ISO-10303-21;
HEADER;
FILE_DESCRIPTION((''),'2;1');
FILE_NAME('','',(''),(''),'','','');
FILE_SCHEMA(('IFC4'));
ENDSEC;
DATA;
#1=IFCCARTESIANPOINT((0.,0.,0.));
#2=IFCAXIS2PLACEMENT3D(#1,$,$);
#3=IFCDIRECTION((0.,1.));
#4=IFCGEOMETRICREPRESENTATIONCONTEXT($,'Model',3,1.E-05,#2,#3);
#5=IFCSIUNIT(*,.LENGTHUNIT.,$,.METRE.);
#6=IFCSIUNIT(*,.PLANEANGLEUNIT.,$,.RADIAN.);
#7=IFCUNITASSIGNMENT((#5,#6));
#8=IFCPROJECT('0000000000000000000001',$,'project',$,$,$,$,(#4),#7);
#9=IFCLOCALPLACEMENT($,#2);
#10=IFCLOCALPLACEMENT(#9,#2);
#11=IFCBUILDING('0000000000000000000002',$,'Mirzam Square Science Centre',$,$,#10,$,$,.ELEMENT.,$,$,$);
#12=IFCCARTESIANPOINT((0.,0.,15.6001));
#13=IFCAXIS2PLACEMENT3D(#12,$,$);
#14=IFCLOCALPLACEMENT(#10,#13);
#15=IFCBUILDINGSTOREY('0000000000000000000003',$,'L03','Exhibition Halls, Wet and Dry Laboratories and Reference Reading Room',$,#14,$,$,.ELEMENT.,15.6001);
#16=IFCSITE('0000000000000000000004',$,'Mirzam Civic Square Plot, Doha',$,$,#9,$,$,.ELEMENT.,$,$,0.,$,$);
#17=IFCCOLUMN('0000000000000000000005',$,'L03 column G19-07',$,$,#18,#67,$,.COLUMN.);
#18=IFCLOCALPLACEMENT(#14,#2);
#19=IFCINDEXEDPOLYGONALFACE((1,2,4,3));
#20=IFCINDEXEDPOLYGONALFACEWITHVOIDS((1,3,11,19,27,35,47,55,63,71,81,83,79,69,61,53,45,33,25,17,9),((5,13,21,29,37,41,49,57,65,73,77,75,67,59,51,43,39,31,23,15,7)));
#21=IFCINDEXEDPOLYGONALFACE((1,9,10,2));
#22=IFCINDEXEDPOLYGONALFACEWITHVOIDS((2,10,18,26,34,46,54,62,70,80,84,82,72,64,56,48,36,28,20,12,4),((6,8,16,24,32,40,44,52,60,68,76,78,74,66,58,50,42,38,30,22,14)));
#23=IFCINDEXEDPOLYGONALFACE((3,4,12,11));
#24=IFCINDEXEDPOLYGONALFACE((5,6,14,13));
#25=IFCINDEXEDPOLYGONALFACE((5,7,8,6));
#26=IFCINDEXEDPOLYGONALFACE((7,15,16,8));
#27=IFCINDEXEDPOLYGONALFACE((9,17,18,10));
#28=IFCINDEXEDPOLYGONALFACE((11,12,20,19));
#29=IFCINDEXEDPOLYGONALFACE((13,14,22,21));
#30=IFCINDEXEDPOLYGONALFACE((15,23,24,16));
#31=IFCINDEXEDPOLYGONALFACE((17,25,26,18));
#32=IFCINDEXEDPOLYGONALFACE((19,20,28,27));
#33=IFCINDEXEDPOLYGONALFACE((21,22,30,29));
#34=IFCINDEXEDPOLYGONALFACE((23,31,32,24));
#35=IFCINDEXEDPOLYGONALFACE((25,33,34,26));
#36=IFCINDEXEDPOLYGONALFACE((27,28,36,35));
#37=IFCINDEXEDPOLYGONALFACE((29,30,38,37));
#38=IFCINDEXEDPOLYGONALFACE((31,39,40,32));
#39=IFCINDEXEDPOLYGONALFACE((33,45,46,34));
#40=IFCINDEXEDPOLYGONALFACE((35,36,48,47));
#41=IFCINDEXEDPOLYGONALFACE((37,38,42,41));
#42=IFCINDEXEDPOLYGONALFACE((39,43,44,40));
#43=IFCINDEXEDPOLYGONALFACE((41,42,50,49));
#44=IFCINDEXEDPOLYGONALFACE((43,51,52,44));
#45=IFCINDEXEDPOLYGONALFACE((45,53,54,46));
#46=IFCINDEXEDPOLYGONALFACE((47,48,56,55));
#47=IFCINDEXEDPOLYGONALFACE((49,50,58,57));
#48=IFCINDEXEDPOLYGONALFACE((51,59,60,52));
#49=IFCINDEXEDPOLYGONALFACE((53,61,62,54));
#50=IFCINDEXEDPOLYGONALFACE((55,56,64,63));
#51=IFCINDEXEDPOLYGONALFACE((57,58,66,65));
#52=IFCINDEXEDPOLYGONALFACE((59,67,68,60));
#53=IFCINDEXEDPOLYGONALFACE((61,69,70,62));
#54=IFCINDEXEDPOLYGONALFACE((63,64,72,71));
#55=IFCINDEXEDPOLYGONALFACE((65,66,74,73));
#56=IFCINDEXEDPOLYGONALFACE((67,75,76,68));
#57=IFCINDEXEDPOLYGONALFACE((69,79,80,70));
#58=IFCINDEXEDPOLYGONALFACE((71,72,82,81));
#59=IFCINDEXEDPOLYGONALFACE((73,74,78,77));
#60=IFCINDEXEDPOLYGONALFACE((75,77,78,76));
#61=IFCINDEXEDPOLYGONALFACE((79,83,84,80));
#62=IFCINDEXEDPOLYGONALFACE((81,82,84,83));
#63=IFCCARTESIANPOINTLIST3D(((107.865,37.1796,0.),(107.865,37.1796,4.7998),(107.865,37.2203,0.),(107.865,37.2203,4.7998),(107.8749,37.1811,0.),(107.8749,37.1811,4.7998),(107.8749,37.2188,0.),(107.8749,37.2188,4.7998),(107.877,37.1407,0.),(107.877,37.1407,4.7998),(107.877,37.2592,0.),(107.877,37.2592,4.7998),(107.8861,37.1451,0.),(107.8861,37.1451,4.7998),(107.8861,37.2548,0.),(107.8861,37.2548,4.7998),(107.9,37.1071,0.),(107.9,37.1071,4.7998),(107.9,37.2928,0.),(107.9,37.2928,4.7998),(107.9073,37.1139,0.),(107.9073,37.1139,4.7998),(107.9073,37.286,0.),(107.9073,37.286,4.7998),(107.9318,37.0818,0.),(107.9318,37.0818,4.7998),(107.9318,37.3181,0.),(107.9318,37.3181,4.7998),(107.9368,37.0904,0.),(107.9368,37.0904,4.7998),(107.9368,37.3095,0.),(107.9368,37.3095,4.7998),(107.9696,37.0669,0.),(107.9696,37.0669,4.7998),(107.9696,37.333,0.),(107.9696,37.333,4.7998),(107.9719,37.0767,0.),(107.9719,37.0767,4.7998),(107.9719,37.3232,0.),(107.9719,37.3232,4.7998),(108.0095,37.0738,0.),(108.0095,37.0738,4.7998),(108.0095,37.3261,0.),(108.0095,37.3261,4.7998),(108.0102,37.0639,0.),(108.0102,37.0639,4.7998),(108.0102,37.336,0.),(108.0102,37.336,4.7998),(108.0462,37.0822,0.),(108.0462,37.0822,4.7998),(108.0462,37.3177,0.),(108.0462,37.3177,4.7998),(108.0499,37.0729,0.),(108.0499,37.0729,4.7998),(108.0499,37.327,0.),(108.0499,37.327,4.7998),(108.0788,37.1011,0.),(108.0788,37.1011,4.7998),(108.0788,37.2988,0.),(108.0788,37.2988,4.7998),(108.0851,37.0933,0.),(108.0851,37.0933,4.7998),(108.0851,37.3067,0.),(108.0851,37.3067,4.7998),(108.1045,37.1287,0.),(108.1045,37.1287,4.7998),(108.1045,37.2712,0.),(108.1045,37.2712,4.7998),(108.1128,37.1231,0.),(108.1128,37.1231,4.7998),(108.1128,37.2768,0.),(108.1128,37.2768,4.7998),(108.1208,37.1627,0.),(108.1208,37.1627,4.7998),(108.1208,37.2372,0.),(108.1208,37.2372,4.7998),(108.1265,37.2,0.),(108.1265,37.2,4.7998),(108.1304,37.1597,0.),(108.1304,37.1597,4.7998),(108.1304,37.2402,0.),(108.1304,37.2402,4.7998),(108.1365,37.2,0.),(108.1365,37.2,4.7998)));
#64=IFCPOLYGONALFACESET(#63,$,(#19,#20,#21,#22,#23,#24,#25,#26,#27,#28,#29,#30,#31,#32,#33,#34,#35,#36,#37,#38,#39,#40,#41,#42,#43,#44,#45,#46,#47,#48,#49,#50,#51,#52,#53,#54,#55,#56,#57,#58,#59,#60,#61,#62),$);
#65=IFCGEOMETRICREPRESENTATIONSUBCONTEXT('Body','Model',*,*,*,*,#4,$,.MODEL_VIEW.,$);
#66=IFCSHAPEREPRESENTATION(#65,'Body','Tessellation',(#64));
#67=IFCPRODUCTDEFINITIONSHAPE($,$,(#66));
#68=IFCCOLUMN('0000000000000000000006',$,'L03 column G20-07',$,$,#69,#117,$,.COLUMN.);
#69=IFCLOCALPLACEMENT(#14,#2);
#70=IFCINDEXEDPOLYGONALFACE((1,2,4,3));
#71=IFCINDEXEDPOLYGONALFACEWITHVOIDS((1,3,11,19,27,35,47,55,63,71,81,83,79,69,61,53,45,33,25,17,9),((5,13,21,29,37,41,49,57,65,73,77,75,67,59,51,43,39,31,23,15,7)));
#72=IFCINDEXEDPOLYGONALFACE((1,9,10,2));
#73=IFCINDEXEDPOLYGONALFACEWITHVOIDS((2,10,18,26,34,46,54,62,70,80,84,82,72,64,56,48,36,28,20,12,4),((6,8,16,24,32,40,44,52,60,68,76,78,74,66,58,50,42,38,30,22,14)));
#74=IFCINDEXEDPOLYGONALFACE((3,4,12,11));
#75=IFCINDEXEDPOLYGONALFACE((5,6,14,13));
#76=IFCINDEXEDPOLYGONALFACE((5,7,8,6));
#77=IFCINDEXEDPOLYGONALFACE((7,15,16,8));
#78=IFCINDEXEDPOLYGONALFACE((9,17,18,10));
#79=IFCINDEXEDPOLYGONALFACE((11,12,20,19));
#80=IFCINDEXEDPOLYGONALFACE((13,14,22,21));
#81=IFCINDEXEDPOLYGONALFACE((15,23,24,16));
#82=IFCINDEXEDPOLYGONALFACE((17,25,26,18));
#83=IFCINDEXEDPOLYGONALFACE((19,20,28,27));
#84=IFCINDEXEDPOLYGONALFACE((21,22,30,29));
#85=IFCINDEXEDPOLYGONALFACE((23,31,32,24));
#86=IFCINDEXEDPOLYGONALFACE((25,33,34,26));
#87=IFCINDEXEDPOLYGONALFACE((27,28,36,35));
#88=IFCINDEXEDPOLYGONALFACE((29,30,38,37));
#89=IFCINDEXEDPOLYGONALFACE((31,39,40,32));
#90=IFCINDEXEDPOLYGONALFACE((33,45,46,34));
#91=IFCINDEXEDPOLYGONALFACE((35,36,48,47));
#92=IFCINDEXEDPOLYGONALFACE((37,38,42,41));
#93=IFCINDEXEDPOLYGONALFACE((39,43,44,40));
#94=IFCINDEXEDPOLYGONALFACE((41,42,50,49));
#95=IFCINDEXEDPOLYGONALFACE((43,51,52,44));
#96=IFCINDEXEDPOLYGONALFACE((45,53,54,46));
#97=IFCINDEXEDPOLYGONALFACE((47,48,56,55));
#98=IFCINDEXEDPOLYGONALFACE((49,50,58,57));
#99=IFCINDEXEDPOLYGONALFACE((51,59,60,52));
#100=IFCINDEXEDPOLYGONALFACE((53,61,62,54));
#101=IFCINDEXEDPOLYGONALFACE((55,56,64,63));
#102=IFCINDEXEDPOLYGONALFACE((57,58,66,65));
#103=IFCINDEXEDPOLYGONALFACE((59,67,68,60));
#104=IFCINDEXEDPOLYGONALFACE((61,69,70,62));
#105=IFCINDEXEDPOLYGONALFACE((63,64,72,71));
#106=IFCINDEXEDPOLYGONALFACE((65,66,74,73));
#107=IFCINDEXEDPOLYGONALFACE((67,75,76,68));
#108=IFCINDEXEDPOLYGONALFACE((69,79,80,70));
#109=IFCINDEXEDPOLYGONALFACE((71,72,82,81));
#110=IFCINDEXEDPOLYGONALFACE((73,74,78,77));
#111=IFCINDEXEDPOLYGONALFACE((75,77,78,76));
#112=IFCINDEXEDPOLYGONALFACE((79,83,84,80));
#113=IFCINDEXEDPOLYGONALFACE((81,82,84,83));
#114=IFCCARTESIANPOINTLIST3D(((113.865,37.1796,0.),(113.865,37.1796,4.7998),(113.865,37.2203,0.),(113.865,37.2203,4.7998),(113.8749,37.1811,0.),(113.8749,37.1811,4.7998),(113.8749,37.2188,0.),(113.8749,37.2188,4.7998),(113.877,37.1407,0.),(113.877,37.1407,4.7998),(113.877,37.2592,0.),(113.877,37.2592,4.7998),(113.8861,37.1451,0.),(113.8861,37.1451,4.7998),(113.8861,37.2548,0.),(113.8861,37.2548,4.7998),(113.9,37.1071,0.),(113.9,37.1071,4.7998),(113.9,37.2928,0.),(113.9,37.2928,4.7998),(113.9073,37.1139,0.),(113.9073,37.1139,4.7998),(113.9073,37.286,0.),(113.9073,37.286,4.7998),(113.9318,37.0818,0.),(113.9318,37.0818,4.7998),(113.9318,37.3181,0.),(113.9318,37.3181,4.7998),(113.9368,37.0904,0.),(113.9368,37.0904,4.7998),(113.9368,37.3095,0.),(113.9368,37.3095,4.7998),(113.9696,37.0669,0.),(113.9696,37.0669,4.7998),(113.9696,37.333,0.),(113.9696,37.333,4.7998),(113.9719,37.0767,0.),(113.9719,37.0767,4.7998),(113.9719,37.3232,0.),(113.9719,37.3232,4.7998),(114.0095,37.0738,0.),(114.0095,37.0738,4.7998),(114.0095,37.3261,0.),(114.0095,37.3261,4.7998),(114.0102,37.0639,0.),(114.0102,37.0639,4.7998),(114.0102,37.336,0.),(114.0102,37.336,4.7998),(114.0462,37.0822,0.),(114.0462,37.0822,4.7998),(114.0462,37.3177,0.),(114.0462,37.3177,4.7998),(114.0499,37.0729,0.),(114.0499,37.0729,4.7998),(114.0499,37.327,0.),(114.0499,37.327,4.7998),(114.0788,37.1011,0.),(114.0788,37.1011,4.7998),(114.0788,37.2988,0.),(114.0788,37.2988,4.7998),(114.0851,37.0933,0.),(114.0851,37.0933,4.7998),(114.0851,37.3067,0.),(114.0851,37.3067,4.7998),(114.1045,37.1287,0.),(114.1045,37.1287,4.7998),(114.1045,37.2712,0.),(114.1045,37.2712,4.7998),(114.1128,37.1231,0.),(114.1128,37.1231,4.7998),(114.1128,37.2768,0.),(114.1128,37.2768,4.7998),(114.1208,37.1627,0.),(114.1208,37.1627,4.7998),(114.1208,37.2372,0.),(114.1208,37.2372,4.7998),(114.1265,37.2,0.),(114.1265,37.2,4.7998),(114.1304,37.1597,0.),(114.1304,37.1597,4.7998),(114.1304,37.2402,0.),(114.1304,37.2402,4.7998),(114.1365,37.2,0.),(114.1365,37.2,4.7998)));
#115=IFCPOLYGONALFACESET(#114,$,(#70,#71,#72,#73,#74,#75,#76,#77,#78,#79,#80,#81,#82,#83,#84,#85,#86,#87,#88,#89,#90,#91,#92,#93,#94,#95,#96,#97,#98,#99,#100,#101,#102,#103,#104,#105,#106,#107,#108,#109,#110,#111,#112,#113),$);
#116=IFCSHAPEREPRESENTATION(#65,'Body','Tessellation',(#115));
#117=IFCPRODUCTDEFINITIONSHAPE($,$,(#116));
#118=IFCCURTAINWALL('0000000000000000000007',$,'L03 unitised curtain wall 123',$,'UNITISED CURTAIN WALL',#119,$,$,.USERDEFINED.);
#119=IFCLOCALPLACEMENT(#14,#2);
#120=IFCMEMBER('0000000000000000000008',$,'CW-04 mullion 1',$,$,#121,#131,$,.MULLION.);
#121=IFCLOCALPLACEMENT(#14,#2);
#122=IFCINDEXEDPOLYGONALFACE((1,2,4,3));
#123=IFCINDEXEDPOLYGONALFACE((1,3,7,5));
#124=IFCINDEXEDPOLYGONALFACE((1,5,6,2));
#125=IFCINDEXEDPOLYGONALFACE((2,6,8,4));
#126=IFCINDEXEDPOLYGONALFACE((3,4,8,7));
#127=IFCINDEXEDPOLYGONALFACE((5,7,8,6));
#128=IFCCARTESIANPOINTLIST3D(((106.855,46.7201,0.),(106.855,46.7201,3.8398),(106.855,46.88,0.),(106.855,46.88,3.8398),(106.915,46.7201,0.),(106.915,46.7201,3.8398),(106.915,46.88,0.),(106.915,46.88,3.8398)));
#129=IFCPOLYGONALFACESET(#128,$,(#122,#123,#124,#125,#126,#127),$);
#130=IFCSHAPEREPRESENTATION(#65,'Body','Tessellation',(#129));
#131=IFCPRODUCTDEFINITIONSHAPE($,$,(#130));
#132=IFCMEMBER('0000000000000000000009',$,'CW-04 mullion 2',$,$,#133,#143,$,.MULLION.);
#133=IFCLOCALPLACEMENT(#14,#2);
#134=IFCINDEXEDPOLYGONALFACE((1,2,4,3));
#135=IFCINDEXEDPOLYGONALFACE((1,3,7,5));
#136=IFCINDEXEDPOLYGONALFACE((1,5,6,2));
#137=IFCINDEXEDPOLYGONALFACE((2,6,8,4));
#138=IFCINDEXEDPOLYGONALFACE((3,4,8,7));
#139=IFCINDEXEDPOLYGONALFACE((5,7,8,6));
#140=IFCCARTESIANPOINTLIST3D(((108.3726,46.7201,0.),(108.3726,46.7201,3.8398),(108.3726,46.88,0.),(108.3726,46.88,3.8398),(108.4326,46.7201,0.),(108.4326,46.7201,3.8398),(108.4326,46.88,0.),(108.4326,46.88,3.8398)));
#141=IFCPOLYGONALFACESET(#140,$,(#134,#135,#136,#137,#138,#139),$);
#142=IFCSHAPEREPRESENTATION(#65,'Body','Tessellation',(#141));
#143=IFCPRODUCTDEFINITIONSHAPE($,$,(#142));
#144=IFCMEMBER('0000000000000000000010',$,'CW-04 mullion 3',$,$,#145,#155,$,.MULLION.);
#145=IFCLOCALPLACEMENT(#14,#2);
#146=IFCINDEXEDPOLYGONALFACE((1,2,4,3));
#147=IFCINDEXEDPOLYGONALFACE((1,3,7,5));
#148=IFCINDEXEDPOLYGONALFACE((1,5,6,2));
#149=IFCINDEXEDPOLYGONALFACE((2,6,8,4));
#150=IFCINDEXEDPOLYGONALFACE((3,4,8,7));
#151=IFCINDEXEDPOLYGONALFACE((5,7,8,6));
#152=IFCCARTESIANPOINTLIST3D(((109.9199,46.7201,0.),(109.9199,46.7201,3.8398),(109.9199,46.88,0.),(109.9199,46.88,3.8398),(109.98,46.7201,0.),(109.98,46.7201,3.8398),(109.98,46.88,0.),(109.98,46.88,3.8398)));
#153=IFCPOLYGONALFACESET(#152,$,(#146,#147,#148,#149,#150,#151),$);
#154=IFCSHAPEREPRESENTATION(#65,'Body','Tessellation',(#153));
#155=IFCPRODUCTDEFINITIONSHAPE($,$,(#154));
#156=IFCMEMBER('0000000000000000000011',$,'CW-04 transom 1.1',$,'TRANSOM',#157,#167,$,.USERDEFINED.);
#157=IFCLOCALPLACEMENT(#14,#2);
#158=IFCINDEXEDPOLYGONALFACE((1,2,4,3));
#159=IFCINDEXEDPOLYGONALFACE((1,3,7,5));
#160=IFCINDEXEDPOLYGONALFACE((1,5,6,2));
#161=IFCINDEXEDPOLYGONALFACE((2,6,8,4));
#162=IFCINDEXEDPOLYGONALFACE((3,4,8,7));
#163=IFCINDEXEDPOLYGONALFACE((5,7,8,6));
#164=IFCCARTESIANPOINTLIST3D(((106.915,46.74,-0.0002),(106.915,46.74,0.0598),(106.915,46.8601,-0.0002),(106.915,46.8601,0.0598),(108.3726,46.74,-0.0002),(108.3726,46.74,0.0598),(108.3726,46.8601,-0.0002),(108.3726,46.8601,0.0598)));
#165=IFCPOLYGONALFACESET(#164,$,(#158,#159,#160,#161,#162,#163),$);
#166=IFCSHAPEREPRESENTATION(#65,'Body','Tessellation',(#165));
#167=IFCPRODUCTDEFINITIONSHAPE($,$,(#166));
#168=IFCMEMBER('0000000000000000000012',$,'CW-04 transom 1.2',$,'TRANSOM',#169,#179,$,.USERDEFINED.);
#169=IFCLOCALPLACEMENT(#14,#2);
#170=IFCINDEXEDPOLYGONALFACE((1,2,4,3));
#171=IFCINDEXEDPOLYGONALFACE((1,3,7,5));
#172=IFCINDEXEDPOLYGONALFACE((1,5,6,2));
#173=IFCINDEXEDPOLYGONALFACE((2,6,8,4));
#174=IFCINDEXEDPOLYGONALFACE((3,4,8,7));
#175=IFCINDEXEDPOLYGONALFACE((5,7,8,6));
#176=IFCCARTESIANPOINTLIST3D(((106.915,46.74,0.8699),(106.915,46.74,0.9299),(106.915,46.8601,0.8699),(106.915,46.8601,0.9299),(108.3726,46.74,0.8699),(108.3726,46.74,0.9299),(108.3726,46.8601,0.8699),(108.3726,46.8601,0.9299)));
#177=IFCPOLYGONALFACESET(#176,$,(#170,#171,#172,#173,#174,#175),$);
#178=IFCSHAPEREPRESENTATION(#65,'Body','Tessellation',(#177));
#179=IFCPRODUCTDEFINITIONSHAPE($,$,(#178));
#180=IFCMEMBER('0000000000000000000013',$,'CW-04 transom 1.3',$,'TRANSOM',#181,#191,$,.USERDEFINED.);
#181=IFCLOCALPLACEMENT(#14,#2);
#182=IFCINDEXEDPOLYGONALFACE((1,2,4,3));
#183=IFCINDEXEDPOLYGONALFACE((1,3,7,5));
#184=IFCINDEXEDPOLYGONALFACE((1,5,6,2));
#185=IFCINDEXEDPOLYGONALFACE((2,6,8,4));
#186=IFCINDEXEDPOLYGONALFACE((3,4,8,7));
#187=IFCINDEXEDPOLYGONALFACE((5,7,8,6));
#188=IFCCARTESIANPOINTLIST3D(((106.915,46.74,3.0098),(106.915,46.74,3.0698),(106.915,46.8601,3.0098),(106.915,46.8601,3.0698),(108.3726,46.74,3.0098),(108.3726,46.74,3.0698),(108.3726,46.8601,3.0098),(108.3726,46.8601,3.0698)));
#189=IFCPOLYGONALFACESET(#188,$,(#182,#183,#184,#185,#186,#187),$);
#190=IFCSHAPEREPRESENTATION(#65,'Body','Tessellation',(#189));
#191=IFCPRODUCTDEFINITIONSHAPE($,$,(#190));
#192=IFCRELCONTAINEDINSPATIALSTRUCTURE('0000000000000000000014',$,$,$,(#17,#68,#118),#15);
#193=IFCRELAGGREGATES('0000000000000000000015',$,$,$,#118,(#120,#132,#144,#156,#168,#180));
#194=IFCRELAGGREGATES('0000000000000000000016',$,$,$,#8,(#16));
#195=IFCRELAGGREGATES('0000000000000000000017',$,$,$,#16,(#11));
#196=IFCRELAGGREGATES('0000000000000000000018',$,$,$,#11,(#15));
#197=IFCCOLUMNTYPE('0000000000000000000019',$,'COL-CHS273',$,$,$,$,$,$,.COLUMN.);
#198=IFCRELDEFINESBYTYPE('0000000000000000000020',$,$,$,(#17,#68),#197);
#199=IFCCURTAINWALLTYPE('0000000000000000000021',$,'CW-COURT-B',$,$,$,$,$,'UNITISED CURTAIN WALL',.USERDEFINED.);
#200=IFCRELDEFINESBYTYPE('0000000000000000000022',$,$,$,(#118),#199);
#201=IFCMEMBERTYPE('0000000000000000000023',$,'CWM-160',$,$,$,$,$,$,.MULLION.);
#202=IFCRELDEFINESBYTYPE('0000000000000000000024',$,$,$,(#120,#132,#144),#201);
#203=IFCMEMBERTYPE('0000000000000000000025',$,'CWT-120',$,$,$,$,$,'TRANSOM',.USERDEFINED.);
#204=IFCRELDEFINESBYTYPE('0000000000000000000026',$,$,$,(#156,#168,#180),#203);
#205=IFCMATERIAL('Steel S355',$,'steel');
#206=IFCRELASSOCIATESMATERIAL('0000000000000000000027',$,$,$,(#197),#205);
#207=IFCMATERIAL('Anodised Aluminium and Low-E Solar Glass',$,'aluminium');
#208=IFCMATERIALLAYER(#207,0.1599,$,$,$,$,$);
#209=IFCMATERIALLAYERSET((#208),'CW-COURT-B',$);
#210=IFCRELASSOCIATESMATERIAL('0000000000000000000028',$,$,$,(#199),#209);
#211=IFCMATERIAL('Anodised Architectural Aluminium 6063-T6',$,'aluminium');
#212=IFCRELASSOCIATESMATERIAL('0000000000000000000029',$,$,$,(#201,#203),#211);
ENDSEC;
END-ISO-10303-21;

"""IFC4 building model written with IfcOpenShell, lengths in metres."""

from ifc_helpers import new_model, si_unit, direction, frame, origin, origin_2d, place, context, subcontext, project, spatial, rectangle, hollow_circle, extrude, material, layer, layer_set, material_profile, profile_set, type_object, element, aggregate, save


model = new_model("IFC4")

# Units and contexts
model_context = context("Model", 3, precision=1e-05, world=origin(), true_north=direction((0.0, 1.0)))
body_context = subcontext(model_context, "Body", "Model", "MODEL_VIEW")
ifc_project = project(units=[si_unit("LENGTHUNIT", "METRE"), si_unit("PLANEANGLEUNIT", "RADIAN")], contexts=[model_context])

# Site, building, storey
site_placement = place(None, origin())
site = spatial("IfcSite", under=ifc_project, at=site_placement, Name="Mirzam Civic Square Plot, Doha", CompositionType="ELEMENT", RefElevation=0.0)
building_placement = place(site_placement, origin())
building = spatial("IfcBuilding", under=site, at=building_placement, Name="Mirzam Square Science Centre", CompositionType="ELEMENT")
storey_placement = place(building_placement, frame((0.0, 0.0, 15.6001)))
storey = spatial("IfcBuildingStorey", under=building, at=storey_placement, Name="L03", Description="Exhibition Halls, Wet and Dry Laboratories and Reference Reading Room", CompositionType="ELEMENT", Elevation=15.6001)

# Columns
ifc_material_1 = material(Name="Steel S355", Category="steel")
ifc_material_profile_1 = material_profile(ifc_material_1, hollow_circle(Radius=0.1365, WallThickness=0.01, at=origin_2d()), Name="273.0x10.0CHS")
ifc_profile_set_1 = profile_set([ifc_material_profile_1], Name="Steel S355")
column_type = type_object("IfcColumnType", Name="COL-CHS273", PredefinedType="COLUMN", material=ifc_profile_set_1)
for number, where, z_axis, x_axis, name in (
    (1, (108.0, 37.2, 0.0), (0.0, 0.0, 1.0), (1.0, 0.0, 0.0), "L03 column G19-07"),
    (2, (114.0, 37.2, 0.0), (0.0, 0.0, 1.0), (1.0, 0.0, 0.0), "L03 column G20-07"),
):
    element("IfcColumn", number, at=place(storey_placement, frame(where, z_axis=z_axis, x_axis=x_axis)), inside=storey, type_object=column_type, Name=name, PredefinedType="COLUMN", context=body_context, shape_type="SweptSolid", body=[
        extrude(hollow_circle(Radius=0.1365, WallThickness=0.01, at=origin_2d()), origin(), (0.0, 0.0, 1.0), 4.7998),
    ])

# Curtain wall, members
ifc_material_2 = material(Name="Anodised Aluminium and Low-E Solar Glass", Category="aluminium")
ifc_layer_1 = layer(ifc_material_2, 0.1599)
ifc_layer_set_1 = layer_set([ifc_layer_1], Name="CW-COURT-B")
curtain_wall_type = type_object("IfcCurtainWallType", Name="CW-COURT-B", ElementType="UNITISED CURTAIN WALL", PredefinedType="USERDEFINED", material=ifc_layer_set_1)
curtain_wall_placement = place(storey_placement, origin())
curtain_wall = element("IfcCurtainWall", 3, at=curtain_wall_placement, inside=storey, type_object=curtain_wall_type, Name="L03 unitised curtain wall 123", ObjectType="UNITISED CURTAIN WALL", PredefinedType="USERDEFINED")
ifc_material_3 = material(Name="Anodised Architectural Aluminium 6063-T6", Category="aluminium")
ifc_material_profile_2 = material_profile(ifc_material_3, rectangle(XDim=0.0601, YDim=0.1599, at=origin_2d()), Name="ALU-MULL-160x60x4")
ifc_profile_set_2 = profile_set([ifc_material_profile_2], Name="Anodised Architectural Aluminium 6063-T6")
member_type_1 = type_object("IfcMemberType", Name="CWM-160", PredefinedType="MULLION", material=ifc_profile_set_2)
member_1_placement = place(storey_placement, frame((106.885, 46.8, 0.0), z_axis=(0.0, 0.0, 1.0), x_axis=(1.0, 0.0, 0.0)))
member_1 = element("IfcMember", 4, at=member_1_placement, type_object=member_type_1, Name="CW-04 mullion 1", PredefinedType="MULLION", context=body_context, shape_type="SweptSolid", body=[
    extrude(rectangle(XDim=0.0601, YDim=0.1599, at=origin_2d()), origin(), (0.0, 0.0, 1.0), 3.8398),
])
member_2_placement = place(storey_placement, frame((108.4026, 46.8, 0.0), z_axis=(0.0, 0.0, 1.0), x_axis=(1.0, 0.0, 0.0)))
member_2 = element("IfcMember", 5, at=member_2_placement, type_object=member_type_1, Name="CW-04 mullion 2", PredefinedType="MULLION", context=body_context, shape_type="SweptSolid", body=[
    extrude(rectangle(XDim=0.0601, YDim=0.1599, at=origin_2d()), origin(), (0.0, 0.0, 1.0), 3.8398),
])
member_3_placement = place(storey_placement, frame((109.95, 46.8, 0.0), z_axis=(0.0, 0.0, 1.0), x_axis=(1.0, 0.0, 0.0)))
member_3 = element("IfcMember", 6, at=member_3_placement, type_object=member_type_1, Name="CW-04 mullion 3", PredefinedType="MULLION", context=body_context, shape_type="SweptSolid", body=[
    extrude(rectangle(XDim=0.0601, YDim=0.1599, at=origin_2d()), origin(), (0.0, 0.0, 1.0), 3.8398),
])
ifc_material_profile_3 = material_profile(ifc_material_3, rectangle(XDim=0.1201, YDim=0.0601, at=origin_2d()), Name="ALU-TRAN-120x60x4")
ifc_profile_set_3 = profile_set([ifc_material_profile_3], Name="Anodised Architectural Aluminium 6063-T6")
member_type_2 = type_object("IfcMemberType", Name="CWT-120", ElementType="TRANSOM", PredefinedType="USERDEFINED", material=ifc_profile_set_3)
member_4_placement = place(storey_placement, frame((106.915, 46.8, 0.0298), z_axis=(1.0, 0.0, 0.0), x_axis=(0.0, 1.0, 0.0)))
member_4 = element("IfcMember", 7, at=member_4_placement, type_object=member_type_2, Name="CW-04 transom 1.1", ObjectType="TRANSOM", PredefinedType="USERDEFINED", context=body_context, shape_type="SweptSolid", body=[
    extrude(rectangle(XDim=0.1201, YDim=0.0601, at=origin_2d()), origin(), (0.0, 0.0, 1.0), 1.4575),
])
member_5_placement = place(storey_placement, frame((106.915, 46.8, 0.8999), z_axis=(1.0, 0.0, 0.0), x_axis=(0.0, 1.0, 0.0)))
member_5 = element("IfcMember", 8, at=member_5_placement, type_object=member_type_2, Name="CW-04 transom 1.2", ObjectType="TRANSOM", PredefinedType="USERDEFINED", context=body_context, shape_type="SweptSolid", body=[
    extrude(rectangle(XDim=0.1201, YDim=0.0601, at=origin_2d()), origin(), (0.0, 0.0, 1.0), 1.4575),
])
member_6_placement = place(storey_placement, frame((106.915, 46.8, 3.0398), z_axis=(1.0, 0.0, 0.0), x_axis=(0.0, 1.0, 0.0)))
member_6 = element("IfcMember", 9, at=member_6_placement, type_object=member_type_2, Name="CW-04 transom 1.3", ObjectType="TRANSOM", PredefinedType="USERDEFINED", context=body_context, shape_type="SweptSolid", body=[
    extrude(rectangle(XDim=0.1201, YDim=0.0601, at=origin_2d()), origin(), (0.0, 0.0, 1.0), 1.4575),
])
aggregate(curtain_wall, [member_1, member_2, member_3, member_4, member_5, member_6])

save(model, "model.ifc")
